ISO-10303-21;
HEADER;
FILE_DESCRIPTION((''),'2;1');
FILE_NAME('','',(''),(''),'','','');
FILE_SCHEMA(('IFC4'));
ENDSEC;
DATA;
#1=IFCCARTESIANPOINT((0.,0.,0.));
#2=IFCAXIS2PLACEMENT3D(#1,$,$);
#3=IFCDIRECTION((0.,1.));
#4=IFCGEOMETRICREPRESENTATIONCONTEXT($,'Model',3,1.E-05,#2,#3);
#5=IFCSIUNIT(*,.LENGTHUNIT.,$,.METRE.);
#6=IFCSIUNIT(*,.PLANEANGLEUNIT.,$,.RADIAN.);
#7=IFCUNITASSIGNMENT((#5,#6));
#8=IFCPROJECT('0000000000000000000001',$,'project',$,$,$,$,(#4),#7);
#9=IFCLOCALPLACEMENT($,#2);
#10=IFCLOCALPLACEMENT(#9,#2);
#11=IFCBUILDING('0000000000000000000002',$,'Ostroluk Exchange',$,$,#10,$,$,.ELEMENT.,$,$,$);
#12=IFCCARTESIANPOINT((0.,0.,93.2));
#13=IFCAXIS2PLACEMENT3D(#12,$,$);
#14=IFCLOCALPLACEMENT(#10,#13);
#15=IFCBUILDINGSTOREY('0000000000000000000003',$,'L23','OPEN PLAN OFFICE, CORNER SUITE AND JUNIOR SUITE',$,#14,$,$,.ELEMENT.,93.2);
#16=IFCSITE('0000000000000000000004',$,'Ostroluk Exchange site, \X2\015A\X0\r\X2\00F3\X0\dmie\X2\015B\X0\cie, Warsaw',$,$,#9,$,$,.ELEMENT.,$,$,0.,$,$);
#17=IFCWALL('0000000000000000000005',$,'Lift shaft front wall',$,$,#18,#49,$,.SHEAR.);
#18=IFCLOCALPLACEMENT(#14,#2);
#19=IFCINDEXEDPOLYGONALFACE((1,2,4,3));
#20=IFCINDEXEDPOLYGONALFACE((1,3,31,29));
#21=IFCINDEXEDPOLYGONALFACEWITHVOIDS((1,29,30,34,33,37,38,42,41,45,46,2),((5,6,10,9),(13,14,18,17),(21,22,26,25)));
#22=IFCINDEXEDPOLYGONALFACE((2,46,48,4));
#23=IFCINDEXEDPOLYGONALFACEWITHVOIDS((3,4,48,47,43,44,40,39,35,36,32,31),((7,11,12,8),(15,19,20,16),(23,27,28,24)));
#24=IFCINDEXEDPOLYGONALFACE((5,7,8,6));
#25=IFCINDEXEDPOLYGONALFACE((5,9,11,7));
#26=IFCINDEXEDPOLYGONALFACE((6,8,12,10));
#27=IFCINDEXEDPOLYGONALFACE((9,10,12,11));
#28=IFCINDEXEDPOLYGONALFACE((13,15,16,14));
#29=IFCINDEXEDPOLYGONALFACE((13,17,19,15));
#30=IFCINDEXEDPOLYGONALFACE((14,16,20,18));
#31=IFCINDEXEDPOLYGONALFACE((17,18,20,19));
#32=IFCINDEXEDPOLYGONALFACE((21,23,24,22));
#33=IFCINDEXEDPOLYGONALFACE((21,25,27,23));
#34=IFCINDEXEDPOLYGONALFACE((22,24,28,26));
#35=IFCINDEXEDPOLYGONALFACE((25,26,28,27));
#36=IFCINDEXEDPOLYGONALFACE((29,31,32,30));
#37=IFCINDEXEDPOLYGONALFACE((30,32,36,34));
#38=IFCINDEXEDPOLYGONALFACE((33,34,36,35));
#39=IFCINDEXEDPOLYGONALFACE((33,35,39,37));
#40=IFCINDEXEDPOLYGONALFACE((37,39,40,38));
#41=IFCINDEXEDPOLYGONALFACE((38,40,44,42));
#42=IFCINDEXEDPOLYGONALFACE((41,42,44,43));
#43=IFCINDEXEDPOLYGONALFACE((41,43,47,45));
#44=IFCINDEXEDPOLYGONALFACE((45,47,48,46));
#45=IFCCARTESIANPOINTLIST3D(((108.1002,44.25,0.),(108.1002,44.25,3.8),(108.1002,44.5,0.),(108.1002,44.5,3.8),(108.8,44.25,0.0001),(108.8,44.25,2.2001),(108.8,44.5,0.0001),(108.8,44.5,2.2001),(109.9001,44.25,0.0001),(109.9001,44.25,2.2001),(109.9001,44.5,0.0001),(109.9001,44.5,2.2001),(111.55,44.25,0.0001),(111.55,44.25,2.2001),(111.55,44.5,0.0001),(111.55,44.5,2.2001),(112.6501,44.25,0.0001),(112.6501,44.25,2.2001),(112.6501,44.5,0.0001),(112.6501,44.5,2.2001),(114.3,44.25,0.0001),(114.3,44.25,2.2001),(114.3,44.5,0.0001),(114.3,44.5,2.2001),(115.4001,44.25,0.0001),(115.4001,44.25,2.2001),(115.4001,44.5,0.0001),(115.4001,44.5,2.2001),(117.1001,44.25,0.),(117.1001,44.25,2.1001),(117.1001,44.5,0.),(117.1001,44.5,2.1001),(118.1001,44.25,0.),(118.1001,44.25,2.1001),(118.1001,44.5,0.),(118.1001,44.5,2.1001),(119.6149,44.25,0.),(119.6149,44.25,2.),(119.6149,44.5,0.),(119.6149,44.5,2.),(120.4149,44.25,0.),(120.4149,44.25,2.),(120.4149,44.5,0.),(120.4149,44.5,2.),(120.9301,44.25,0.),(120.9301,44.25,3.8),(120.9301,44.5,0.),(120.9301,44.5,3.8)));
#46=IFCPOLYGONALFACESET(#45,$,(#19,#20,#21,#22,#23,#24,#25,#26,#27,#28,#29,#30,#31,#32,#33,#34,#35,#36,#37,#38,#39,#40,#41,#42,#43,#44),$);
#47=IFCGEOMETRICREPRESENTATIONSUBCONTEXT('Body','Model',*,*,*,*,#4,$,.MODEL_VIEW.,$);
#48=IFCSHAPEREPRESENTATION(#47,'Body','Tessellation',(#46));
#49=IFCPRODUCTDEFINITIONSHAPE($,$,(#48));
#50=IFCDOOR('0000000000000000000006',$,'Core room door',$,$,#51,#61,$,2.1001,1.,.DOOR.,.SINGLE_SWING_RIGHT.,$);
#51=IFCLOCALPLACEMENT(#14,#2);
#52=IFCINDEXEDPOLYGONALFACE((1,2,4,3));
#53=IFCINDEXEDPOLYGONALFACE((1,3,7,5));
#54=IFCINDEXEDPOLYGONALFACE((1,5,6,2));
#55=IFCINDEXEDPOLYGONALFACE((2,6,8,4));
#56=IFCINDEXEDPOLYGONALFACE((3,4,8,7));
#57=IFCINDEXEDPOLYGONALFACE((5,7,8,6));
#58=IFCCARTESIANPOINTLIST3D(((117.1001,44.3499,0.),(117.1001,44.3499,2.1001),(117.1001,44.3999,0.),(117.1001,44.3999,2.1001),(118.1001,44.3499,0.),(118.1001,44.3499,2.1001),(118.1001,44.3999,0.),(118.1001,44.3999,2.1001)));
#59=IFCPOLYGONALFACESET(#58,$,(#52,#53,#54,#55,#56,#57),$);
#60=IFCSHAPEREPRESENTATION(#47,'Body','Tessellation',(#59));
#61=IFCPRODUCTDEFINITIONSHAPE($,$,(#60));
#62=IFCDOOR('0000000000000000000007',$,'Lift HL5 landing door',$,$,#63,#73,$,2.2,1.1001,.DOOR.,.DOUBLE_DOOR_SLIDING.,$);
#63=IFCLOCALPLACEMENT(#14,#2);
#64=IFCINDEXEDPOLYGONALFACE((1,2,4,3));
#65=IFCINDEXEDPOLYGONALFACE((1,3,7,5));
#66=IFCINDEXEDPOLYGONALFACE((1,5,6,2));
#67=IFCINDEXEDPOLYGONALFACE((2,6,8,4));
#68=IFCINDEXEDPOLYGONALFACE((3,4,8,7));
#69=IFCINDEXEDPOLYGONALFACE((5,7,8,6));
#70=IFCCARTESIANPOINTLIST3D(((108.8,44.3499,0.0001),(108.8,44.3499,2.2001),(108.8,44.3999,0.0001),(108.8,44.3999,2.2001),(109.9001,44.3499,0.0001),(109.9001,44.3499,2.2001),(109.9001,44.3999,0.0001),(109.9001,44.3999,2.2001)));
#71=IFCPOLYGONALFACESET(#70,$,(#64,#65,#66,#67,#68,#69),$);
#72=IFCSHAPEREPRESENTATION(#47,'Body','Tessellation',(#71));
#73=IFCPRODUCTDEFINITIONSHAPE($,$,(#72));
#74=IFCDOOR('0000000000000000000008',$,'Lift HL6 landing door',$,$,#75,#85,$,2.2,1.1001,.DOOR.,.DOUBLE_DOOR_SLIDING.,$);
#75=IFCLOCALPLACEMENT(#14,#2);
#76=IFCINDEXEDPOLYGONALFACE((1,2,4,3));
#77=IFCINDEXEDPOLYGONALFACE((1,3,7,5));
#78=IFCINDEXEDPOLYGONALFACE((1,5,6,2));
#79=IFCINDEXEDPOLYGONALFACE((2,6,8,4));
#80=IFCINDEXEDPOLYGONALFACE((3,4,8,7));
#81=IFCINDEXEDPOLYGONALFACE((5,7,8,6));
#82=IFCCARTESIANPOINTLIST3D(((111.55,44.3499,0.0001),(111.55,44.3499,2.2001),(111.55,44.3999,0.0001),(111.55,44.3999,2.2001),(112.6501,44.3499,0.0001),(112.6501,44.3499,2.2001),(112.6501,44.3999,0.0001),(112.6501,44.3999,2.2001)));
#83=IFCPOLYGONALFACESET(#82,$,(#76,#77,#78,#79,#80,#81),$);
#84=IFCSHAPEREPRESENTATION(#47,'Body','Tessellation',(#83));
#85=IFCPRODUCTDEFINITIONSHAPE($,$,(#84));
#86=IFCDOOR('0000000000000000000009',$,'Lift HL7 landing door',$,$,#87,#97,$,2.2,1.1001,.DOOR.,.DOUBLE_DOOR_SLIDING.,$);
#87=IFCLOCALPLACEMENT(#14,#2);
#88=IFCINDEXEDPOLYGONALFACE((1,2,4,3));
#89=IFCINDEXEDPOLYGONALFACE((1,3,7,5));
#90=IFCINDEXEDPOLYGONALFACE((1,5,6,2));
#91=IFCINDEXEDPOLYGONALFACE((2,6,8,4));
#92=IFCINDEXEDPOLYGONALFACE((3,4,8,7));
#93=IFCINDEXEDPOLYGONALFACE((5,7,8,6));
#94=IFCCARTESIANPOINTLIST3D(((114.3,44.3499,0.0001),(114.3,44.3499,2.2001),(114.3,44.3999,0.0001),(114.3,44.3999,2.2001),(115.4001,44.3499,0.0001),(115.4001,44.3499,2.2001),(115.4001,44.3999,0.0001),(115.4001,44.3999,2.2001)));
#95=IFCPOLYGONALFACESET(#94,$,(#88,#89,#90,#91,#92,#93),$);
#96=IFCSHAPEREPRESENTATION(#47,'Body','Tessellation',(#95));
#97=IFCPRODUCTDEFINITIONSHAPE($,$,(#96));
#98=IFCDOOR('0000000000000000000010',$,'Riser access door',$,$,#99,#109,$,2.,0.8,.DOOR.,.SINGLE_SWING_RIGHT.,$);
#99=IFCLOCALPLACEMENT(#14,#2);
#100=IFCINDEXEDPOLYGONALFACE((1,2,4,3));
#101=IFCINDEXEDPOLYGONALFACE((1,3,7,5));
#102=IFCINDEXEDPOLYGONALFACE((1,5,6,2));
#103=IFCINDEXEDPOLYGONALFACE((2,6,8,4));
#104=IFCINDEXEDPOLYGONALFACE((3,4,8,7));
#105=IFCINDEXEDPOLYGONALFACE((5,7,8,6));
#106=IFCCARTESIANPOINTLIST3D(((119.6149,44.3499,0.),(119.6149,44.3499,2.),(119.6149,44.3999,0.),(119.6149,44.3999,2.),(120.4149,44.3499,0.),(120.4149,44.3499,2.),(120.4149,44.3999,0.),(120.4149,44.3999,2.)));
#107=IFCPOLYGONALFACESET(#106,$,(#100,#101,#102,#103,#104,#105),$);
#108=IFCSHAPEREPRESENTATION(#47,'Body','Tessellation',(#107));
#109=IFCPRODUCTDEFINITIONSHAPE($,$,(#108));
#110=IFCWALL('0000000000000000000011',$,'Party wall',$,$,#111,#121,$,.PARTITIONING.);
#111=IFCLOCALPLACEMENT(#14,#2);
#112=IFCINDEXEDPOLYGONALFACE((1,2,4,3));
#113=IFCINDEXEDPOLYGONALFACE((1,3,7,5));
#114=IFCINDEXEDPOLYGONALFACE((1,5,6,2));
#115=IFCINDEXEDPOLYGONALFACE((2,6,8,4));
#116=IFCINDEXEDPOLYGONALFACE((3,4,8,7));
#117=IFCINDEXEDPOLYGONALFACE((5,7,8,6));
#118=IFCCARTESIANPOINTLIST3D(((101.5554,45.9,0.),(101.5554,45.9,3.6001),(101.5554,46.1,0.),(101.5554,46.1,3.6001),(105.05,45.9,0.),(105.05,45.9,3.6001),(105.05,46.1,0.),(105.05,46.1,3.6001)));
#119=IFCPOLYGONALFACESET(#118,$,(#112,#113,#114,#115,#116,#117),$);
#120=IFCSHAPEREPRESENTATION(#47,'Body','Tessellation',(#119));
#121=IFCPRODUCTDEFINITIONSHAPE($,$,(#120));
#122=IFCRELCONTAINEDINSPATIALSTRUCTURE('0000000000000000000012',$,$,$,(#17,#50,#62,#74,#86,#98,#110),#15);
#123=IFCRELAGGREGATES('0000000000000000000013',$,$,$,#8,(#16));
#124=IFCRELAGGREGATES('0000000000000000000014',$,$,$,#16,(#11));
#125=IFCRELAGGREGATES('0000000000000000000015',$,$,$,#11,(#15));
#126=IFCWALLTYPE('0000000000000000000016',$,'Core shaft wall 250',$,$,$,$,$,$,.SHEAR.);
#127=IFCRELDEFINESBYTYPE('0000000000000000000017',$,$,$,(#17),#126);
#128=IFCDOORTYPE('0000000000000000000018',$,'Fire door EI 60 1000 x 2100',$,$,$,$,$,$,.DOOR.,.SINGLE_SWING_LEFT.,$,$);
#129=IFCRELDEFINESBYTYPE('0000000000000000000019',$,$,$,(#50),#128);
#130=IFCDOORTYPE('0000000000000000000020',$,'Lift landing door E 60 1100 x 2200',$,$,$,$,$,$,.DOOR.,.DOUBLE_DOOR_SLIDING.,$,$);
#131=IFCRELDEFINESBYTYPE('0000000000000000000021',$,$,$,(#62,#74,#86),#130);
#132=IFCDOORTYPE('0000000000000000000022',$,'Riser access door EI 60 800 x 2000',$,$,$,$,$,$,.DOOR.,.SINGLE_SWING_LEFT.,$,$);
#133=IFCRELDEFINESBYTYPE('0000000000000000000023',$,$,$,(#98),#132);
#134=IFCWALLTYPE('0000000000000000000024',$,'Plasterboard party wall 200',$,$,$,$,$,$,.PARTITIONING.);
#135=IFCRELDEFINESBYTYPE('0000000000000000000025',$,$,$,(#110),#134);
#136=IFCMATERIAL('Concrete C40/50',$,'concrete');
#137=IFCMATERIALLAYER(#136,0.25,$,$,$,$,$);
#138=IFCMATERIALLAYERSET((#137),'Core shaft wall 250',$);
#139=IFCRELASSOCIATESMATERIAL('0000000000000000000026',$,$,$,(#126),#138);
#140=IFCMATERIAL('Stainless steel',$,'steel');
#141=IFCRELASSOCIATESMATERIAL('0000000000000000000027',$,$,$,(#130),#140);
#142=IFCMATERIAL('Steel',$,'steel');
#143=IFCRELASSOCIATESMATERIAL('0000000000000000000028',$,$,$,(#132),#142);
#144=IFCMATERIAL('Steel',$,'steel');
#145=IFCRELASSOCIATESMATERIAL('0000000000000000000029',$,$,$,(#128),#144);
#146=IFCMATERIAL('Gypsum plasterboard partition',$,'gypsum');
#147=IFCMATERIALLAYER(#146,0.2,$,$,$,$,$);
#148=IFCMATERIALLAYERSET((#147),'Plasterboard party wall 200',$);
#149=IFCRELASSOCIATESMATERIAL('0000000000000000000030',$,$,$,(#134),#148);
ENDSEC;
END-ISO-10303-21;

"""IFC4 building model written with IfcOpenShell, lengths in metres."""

from ifc_helpers import new_model, si_unit, direction, frame, frame_2d, origin, place, context, subcontext, project, spatial, rectangle, extrude, material, layer, layer_set, type_object, element, fill, save


model = new_model("IFC4")

# Units and contexts
model_context = context("Model", 3, precision=1e-05, world=origin(), true_north=direction((0.0, 1.0)))
body_context = subcontext(model_context, "Body", "Model", "MODEL_VIEW")
ifc_project = project(units=[si_unit("LENGTHUNIT", "METRE"), si_unit("PLANEANGLEUNIT", "RADIAN")], contexts=[model_context])

# Site, building, storey
site_placement = place(None, origin())
site = spatial("IfcSite", under=ifc_project, at=site_placement, Name="Ostroluk Exchange site, Śródmieście, Warsaw", CompositionType="ELEMENT", RefElevation=0.0)
building_placement = place(site_placement, origin())
building = spatial("IfcBuilding", under=site, at=building_placement, Name="Ostroluk Exchange", CompositionType="ELEMENT")
storey_placement = place(building_placement, frame((0.0, 0.0, 93.2)))
storey = spatial("IfcBuildingStorey", under=building, at=storey_placement, Name="L23", Description="OPEN PLAN OFFICE, CORNER SUITE AND JUNIOR SUITE", CompositionType="ELEMENT", Elevation=93.2)

# Shared definitions
ifc_material_1 = material(Name="Concrete C40/50", Category="concrete")
ifc_layer_1 = layer(ifc_material_1, 0.25)
ifc_layer_set_1 = layer_set([ifc_layer_1], Name="Core shaft wall 250")
wall_type_1 = type_object("IfcWallType", Name="Core shaft wall 250", PredefinedType="SHEAR", material=ifc_layer_set_1)

# Shared definitions
ifc_material_2 = material(Name="Stainless steel", Category="steel")
door_type_1 = type_object("IfcDoorType", Name="Lift landing door E 60 1100 x 2200", OperationType="DOUBLE_DOOR_SLIDING", PredefinedType="DOOR", material=ifc_material_2)
ifc_material_3 = material(Name="Steel", Category="steel")
door_type_2 = type_object("IfcDoorType", Name="Riser access door EI 60 800 x 2000", OperationType="SINGLE_SWING_LEFT", PredefinedType="DOOR", material=ifc_material_3)

# Wall, openings, doors
wall_1_placement = place(storey_placement, frame((108.1001, 44.375, 0.0), z_axis=(0.0, 0.0, 1.0), x_axis=(1.0, 0.0, 0.0)))
wall_1 = element("IfcWall", 1, at=wall_1_placement, inside=storey, type_object=wall_type_1, Name="Lift shaft front wall", PredefinedType="SHEAR", context=body_context, shape_type="SweptSolid", body=[
    extrude(rectangle(XDim=12.8298, YDim=0.25, at=frame_2d((6.415, 0.0))), origin(), (0.0, 0.0, 1.0), 3.8),
])
opening_1_placement = place(wall_1_placement, frame((0.7, 0.0, 0.0)))
opening_1 = element("IfcOpeningElement", 2, at=opening_1_placement, cuts=wall_1, PredefinedType="OPENING", context=body_context, shape_type="SweptSolid", body=[
    extrude(rectangle(XDim=1.1001, YDim=2.2, at=frame_2d((0.55, 1.1001))), frame((0.0, 0.135, 0.0), z_axis=(0.0, -1.0, 0.0), x_axis=(1.0, 0.0, 0.0)), (0.0, 0.0, 1.0), 0.27),
])
opening_2_placement = place(wall_1_placement, frame((3.45, 0.0, 0.0)))
opening_2 = element("IfcOpeningElement", 3, at=opening_2_placement, cuts=wall_1, PredefinedType="OPENING", context=body_context, shape_type="SweptSolid", body=[
    extrude(rectangle(XDim=1.1001, YDim=2.2, at=frame_2d((0.55, 1.1001))), frame((0.0, 0.135, 0.0), z_axis=(0.0, -1.0, 0.0), x_axis=(1.0, 0.0, 0.0)), (0.0, 0.0, 1.0), 0.27),
])
opening_3_placement = place(wall_1_placement, frame((6.2, 0.0, 0.0)))
opening_3 = element("IfcOpeningElement", 4, at=opening_3_placement, cuts=wall_1, PredefinedType="OPENING", context=body_context, shape_type="SweptSolid", body=[
    extrude(rectangle(XDim=1.1001, YDim=2.2, at=frame_2d((0.55, 1.1001))), frame((0.0, 0.135, 0.0), z_axis=(0.0, -1.0, 0.0), x_axis=(1.0, 0.0, 0.0)), (0.0, 0.0, 1.0), 0.27),
])
opening_4_placement = place(wall_1_placement, frame((9.0, 0.0, 0.0)))
opening_4 = element("IfcOpeningElement", 5, at=opening_4_placement, cuts=wall_1, PredefinedType="OPENING", context=body_context, shape_type="SweptSolid", body=[
    extrude(rectangle(XDim=1.0, YDim=2.1001, at=frame_2d((0.5, 1.05))), frame((0.0, 0.135, 0.0), z_axis=(0.0, -1.0, 0.0), x_axis=(1.0, 0.0, 0.0)), (0.0, 0.0, 1.0), 0.27),
])
opening_5_placement = place(wall_1_placement, frame((11.5149, 0.0, 0.0)))
opening_5 = element("IfcOpeningElement", 6, at=opening_5_placement, cuts=wall_1, PredefinedType="OPENING", context=body_context, shape_type="SweptSolid", body=[
    extrude(rectangle(XDim=0.8, YDim=2.0, at=frame_2d((0.3999, 1.0))), frame((0.0, 0.135, 0.0), z_axis=(0.0, -1.0, 0.0), x_axis=(1.0, 0.0, 0.0)), (0.0, 0.0, 1.0), 0.27),
])
ifc_material_4 = material(Name="Steel", Category="steel")
door_type_3 = type_object("IfcDoorType", Name="Fire door EI 60 1000 x 2100", OperationType="SINGLE_SWING_LEFT", PredefinedType="DOOR", material=ifc_material_4)
door_1_placement = place(opening_4_placement, origin())
door_1 = element("IfcDoor", 7, at=door_1_placement, inside=storey, type_object=door_type_3, Name="Core room door", OperationType="SINGLE_SWING_RIGHT", OverallHeight=2.1001, OverallWidth=1.0, PredefinedType="DOOR", context=body_context, shape_type="SweptSolid", body=[
    extrude(rectangle(XDim=1.0, YDim=2.1001, at=frame_2d((0.5, 1.05))), frame((0.0, 0.0249, 0.0), z_axis=(0.0, -1.0, 0.0), x_axis=(1.0, 0.0, 0.0)), (0.0, 0.0, 1.0), 0.05),
])
fill(opening_4, door_1)
door_2_placement = place(opening_1_placement, origin())
door_2 = element("IfcDoor", 8, at=door_2_placement, inside=storey, type_object=door_type_1, Name="Lift HL5 landing door", OperationType="DOUBLE_DOOR_SLIDING", OverallHeight=2.2, OverallWidth=1.1001, PredefinedType="DOOR", context=body_context, shape_type="SweptSolid", body=[
    extrude(rectangle(XDim=1.1001, YDim=2.2, at=frame_2d((0.55, 1.1001))), frame((0.0, 0.0249, 0.0), z_axis=(0.0, -1.0, 0.0), x_axis=(1.0, 0.0, 0.0)), (0.0, 0.0, 1.0), 0.05),
])
fill(opening_1, door_2)
door_3_placement = place(opening_2_placement, origin())
door_3 = element("IfcDoor", 9, at=door_3_placement, inside=storey, type_object=door_type_1, Name="Lift HL6 landing door", OperationType="DOUBLE_DOOR_SLIDING", OverallHeight=2.2, OverallWidth=1.1001, PredefinedType="DOOR", context=body_context, shape_type="SweptSolid", body=[
    extrude(rectangle(XDim=1.1001, YDim=2.2, at=frame_2d((0.55, 1.1001))), frame((0.0, 0.0249, 0.0), z_axis=(0.0, -1.0, 0.0), x_axis=(1.0, 0.0, 0.0)), (0.0, 0.0, 1.0), 0.05),
])
fill(opening_2, door_3)
door_4_placement = place(opening_3_placement, origin())
door_4 = element("IfcDoor", 10, at=door_4_placement, inside=storey, type_object=door_type_1, Name="Lift HL7 landing door", OperationType="DOUBLE_DOOR_SLIDING", OverallHeight=2.2, OverallWidth=1.1001, PredefinedType="DOOR", context=body_context, shape_type="SweptSolid", body=[
    extrude(rectangle(XDim=1.1001, YDim=2.2, at=frame_2d((0.55, 1.1001))), frame((0.0, 0.0249, 0.0), z_axis=(0.0, -1.0, 0.0), x_axis=(1.0, 0.0, 0.0)), (0.0, 0.0, 1.0), 0.05),
])
fill(opening_3, door_4)
door_5_placement = place(opening_5_placement, origin())
door_5 = element("IfcDoor", 11, at=door_5_placement, inside=storey, type_object=door_type_2, Name="Riser access door", OperationType="SINGLE_SWING_RIGHT", OverallHeight=2.0, OverallWidth=0.8, PredefinedType="DOOR", context=body_context, shape_type="SweptSolid", body=[
    extrude(rectangle(XDim=0.8, YDim=2.0, at=frame_2d((0.3999, 1.0))), frame((0.0, 0.0249, 0.0), z_axis=(0.0, -1.0, 0.0), x_axis=(1.0, 0.0, 0.0)), (0.0, 0.0, 1.0), 0.05),
])
fill(opening_5, door_5)

# Wall
ifc_material_5 = material(Name="Gypsum plasterboard partition", Category="gypsum")
ifc_layer_2 = layer(ifc_material_5, 0.2)
ifc_layer_set_2 = layer_set([ifc_layer_2], Name="Plasterboard party wall 200")
wall_type_2 = type_object("IfcWallType", Name="Plasterboard party wall 200", PredefinedType="PARTITIONING", material=ifc_layer_set_2)
wall_2_placement = place(storey_placement, frame((105.05, 46.0, 0.0), z_axis=(0.0, 0.0, 1.0), x_axis=(-1.0, 0.0, 0.0)))
element("IfcWall", 12, at=wall_2_placement, inside=storey, type_object=wall_type_2, Name="Party wall", PredefinedType="PARTITIONING", context=body_context, shape_type="SweptSolid", body=[
    extrude(rectangle(XDim=3.4946, YDim=0.2, at=frame_2d((1.7473, 0.0))), origin(), (0.0, 0.0, 1.0), 3.6001),
])

save(model, "model.ifc")
